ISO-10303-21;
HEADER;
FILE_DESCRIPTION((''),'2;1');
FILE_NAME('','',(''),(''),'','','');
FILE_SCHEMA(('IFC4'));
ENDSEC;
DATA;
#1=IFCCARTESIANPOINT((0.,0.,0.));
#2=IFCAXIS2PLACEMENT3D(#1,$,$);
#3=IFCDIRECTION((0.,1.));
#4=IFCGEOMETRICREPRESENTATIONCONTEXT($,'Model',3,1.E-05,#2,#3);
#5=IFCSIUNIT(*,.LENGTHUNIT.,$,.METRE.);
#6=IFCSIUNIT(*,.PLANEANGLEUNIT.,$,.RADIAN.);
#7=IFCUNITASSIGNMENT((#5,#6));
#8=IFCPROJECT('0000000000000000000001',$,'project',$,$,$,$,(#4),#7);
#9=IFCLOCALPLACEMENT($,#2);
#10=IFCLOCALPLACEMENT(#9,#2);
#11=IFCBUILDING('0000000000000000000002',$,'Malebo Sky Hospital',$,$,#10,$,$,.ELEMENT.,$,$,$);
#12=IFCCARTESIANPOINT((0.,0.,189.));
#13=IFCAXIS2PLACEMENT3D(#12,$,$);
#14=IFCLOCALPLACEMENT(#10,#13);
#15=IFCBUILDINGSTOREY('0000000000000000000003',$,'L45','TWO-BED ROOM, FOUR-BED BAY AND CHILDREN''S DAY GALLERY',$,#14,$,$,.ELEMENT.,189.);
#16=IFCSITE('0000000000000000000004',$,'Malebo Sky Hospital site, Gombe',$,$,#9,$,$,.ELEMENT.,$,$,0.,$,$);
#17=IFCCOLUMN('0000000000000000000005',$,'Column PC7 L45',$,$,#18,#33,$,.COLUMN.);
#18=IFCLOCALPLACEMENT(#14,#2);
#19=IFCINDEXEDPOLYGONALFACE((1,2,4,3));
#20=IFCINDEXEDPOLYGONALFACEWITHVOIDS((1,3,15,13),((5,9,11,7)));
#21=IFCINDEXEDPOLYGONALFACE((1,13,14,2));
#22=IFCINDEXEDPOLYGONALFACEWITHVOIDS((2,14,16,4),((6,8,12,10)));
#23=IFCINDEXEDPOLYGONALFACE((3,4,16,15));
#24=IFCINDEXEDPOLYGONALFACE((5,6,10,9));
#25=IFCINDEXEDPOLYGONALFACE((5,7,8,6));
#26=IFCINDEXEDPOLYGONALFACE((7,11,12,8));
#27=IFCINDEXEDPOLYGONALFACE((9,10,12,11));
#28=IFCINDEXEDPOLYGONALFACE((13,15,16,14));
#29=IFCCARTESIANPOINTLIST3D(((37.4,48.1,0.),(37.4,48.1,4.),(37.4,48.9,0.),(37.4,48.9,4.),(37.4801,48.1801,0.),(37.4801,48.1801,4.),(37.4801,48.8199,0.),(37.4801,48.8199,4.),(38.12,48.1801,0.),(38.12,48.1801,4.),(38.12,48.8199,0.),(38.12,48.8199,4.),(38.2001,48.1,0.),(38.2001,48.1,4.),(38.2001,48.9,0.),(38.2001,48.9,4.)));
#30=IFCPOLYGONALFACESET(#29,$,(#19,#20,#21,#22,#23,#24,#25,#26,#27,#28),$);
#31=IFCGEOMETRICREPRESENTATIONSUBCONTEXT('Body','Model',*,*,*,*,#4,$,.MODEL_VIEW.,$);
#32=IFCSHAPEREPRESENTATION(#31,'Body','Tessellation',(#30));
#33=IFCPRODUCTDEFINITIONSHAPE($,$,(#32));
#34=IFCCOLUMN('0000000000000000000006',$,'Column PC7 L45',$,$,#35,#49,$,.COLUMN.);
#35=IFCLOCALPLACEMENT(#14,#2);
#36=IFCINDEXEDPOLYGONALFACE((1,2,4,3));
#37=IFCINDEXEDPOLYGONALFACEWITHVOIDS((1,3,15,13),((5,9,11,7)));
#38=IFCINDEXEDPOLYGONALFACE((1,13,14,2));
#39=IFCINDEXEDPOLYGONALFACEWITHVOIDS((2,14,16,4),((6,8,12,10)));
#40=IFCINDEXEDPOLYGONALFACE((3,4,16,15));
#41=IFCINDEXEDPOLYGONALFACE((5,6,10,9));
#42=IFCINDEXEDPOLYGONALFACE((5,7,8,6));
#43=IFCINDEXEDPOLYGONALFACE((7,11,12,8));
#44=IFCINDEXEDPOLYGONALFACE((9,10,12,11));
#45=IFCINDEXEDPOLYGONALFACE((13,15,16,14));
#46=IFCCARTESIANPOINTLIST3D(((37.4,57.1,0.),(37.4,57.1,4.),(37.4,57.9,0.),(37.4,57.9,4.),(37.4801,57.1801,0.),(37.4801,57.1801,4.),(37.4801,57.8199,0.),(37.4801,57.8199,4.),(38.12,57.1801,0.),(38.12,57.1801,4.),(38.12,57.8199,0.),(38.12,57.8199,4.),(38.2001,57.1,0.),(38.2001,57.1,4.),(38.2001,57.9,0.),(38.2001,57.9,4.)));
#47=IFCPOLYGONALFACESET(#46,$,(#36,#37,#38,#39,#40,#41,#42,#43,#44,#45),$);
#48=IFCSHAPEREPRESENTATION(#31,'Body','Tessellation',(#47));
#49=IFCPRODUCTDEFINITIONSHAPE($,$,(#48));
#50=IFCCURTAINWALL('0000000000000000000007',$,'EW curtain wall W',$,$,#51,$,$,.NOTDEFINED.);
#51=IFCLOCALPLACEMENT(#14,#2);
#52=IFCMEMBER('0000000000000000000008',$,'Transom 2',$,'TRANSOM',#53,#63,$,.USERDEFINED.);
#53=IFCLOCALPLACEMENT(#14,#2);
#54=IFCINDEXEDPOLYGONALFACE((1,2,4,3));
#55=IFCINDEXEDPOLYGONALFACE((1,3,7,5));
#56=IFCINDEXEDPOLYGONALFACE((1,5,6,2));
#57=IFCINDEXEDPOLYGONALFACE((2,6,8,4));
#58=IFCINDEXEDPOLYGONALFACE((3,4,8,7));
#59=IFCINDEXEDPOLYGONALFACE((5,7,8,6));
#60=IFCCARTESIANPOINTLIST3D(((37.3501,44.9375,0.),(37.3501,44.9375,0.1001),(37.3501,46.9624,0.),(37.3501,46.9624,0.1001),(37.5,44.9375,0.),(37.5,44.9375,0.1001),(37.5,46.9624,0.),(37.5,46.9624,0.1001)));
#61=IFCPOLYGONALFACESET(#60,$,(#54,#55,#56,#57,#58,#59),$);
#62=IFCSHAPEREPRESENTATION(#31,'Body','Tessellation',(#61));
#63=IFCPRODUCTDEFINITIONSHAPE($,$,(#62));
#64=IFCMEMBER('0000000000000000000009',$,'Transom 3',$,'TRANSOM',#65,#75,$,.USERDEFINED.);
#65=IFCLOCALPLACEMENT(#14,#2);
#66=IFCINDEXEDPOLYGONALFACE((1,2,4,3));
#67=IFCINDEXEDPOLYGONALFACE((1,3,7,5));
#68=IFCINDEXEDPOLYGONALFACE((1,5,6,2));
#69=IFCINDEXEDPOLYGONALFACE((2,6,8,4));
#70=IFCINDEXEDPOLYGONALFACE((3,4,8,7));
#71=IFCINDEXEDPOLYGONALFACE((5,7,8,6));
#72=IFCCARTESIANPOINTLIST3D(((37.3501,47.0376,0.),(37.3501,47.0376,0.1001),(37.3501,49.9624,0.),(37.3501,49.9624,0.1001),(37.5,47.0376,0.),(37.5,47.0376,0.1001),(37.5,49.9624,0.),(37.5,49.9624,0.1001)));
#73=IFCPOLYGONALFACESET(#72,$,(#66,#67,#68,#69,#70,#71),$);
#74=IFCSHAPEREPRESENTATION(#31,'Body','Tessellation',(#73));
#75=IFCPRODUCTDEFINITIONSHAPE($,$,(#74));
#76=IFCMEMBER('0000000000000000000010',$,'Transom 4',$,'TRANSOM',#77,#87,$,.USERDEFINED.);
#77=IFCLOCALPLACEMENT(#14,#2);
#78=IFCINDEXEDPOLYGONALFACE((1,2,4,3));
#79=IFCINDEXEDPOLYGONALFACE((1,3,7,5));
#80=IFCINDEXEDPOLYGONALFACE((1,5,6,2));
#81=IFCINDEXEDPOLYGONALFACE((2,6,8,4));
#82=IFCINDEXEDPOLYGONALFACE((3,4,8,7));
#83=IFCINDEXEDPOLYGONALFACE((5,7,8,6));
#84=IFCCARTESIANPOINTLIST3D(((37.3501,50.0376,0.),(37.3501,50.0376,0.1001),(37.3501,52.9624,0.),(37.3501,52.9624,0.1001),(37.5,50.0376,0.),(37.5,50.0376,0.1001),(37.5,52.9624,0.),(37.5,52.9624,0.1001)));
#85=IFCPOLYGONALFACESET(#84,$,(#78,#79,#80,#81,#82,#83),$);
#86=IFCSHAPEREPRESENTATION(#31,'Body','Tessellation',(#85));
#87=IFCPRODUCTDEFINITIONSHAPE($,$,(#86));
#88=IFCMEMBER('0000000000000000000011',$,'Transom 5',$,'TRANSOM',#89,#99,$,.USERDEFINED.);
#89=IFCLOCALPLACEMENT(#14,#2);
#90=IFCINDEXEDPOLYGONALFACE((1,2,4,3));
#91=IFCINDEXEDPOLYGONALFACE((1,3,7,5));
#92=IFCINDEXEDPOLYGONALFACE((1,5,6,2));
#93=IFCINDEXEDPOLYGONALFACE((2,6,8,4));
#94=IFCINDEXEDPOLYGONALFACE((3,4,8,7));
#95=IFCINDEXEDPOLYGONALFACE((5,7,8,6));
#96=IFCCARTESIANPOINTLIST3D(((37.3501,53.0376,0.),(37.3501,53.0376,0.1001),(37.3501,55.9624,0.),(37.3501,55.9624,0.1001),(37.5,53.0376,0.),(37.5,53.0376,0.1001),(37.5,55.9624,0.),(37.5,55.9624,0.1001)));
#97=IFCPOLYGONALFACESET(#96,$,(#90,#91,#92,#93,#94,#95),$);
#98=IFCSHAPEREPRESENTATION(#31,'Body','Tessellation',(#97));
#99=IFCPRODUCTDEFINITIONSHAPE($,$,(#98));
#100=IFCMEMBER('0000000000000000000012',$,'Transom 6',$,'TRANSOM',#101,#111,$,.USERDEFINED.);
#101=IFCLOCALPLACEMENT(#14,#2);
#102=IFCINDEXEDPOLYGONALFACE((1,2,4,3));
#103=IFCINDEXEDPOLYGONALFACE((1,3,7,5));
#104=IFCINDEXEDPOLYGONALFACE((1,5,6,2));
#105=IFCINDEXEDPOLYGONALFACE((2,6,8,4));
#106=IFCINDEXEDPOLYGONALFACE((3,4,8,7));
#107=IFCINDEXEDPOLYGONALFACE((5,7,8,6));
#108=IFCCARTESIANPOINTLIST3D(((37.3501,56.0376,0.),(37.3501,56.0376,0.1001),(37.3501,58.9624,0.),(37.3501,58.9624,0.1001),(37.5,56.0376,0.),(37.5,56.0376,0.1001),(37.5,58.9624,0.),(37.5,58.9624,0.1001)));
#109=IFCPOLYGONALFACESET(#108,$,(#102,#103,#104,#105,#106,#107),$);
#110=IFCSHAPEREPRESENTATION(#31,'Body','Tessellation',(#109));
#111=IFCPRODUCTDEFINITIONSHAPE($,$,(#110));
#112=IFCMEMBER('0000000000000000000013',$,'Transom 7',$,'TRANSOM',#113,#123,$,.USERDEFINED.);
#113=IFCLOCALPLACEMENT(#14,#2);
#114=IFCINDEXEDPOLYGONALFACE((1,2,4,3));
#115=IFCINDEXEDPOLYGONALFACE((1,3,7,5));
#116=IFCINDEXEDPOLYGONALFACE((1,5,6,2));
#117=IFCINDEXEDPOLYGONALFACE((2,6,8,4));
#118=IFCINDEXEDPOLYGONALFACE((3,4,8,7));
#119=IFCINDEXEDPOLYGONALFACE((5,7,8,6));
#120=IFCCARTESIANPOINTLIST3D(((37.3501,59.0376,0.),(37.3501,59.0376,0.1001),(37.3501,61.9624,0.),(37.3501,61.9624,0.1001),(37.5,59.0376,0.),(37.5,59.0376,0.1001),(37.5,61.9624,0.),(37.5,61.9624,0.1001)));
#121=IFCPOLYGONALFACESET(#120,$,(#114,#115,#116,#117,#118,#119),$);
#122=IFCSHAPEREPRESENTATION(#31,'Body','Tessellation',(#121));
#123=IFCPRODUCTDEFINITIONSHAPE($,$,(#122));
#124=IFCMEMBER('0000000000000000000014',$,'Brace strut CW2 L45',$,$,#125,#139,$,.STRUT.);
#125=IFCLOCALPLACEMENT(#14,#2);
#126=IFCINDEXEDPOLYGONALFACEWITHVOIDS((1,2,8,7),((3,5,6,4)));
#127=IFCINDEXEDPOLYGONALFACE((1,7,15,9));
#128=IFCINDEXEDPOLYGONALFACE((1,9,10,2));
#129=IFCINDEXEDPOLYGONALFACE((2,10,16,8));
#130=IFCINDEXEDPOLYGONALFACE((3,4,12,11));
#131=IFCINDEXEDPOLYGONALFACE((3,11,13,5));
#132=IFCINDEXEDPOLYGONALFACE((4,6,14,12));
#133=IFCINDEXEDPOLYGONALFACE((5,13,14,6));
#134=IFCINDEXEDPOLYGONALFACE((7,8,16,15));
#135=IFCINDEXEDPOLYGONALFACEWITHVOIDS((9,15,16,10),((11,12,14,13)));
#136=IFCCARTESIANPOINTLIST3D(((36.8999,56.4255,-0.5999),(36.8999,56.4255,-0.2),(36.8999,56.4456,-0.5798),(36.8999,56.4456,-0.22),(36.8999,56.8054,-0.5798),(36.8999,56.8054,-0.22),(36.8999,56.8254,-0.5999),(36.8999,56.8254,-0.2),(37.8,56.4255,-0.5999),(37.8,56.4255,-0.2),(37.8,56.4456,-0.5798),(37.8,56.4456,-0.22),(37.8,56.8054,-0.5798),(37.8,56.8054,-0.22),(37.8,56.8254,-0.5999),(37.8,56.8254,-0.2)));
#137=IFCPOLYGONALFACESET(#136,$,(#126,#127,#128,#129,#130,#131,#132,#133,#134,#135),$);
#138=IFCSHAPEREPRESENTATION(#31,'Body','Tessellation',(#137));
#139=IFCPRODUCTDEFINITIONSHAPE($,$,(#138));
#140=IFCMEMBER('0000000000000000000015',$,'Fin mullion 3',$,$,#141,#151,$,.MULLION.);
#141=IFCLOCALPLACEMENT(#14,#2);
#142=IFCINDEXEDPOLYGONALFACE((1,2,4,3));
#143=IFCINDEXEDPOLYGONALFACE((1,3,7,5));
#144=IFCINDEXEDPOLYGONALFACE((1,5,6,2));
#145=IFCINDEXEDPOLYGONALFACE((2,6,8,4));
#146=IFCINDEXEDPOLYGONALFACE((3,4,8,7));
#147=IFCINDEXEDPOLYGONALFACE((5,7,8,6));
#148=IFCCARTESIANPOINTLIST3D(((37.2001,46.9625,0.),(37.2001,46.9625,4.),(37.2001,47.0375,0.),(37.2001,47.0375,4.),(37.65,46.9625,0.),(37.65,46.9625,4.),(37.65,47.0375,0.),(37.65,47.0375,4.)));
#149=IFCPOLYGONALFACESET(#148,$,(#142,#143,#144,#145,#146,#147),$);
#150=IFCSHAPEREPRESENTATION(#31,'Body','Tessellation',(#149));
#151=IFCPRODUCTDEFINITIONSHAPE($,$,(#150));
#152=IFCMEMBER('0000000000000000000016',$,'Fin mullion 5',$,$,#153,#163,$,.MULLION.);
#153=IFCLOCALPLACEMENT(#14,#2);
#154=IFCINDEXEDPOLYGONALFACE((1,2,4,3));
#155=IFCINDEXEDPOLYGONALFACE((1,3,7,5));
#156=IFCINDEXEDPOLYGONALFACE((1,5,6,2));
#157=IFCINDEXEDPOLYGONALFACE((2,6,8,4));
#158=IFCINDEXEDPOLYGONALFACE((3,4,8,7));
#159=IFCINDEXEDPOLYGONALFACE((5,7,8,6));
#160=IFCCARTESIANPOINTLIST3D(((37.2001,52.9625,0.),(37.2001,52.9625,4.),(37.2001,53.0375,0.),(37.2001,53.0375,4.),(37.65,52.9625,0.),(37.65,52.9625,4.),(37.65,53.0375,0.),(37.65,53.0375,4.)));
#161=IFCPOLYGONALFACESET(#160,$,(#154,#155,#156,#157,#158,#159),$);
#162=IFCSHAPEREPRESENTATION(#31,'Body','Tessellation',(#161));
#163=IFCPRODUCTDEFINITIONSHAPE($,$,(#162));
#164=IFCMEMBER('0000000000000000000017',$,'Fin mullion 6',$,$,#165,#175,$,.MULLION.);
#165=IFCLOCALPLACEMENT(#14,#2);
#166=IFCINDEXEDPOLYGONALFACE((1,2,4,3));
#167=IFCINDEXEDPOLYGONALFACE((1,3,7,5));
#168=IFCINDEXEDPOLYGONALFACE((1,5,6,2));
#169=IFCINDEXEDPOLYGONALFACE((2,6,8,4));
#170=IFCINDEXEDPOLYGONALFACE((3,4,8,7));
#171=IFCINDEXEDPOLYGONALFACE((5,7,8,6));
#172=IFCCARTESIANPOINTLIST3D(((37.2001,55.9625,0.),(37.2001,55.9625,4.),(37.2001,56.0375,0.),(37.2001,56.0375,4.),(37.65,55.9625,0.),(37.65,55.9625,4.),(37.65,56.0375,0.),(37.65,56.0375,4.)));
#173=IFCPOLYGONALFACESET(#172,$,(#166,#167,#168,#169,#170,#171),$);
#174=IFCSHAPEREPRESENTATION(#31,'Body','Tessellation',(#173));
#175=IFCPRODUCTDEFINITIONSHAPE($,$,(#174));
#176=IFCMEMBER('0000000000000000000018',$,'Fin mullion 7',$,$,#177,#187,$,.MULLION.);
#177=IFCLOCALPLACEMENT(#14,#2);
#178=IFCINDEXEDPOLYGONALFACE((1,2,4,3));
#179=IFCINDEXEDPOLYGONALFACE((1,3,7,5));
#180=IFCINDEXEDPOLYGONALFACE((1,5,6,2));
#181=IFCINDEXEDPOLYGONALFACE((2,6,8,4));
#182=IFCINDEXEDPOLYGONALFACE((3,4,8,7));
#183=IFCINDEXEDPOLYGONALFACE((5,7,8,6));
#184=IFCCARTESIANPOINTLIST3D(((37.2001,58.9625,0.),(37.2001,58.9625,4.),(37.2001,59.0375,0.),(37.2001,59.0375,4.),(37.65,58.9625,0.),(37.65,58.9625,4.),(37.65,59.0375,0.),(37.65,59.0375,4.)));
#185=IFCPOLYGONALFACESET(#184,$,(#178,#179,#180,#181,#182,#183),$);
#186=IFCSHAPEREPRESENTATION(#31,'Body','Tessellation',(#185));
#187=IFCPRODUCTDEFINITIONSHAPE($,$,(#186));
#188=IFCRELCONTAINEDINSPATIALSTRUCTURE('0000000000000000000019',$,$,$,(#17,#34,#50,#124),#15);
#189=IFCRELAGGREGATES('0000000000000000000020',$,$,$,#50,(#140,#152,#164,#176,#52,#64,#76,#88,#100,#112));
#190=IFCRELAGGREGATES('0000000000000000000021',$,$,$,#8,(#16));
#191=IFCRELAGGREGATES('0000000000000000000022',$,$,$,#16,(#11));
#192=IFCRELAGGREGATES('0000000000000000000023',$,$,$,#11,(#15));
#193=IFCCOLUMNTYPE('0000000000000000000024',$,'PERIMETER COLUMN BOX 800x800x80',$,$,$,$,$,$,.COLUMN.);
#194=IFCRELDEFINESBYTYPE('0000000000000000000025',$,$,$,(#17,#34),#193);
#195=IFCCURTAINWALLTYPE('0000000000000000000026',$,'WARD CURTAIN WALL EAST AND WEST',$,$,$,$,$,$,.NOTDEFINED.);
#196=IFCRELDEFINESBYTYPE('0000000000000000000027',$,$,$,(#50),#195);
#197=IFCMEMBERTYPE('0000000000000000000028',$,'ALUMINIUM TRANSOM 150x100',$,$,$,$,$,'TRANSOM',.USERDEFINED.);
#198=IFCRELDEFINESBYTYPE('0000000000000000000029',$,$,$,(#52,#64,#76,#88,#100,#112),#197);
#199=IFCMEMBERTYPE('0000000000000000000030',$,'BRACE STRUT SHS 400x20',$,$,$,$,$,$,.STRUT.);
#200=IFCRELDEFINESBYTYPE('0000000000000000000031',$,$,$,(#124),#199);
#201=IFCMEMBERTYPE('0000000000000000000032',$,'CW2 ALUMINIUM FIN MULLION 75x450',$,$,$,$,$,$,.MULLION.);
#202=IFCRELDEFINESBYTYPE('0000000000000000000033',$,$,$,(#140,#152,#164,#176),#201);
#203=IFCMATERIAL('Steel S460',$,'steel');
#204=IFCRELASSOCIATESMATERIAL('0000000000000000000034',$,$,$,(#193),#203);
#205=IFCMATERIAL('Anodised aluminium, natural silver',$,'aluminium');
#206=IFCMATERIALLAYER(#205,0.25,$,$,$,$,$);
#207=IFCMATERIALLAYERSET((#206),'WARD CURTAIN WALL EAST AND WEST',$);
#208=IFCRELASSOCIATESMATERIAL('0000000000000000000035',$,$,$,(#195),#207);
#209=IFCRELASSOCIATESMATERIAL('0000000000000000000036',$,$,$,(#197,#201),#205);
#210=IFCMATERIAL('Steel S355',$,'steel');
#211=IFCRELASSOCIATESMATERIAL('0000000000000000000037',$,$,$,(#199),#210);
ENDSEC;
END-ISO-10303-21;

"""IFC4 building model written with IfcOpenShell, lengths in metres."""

from ifc_helpers import new_model, si_unit, direction, frame, origin, origin_2d, place, context, subcontext, project, spatial, rectangle, hollow_rectangle, extrude, material, layer, layer_set, material_profile, profile_set, type_object, element, aggregate, save


model = new_model("IFC4")

# Units and contexts
model_context = context("Model", 3, precision=1e-05, world=origin(), true_north=direction((0.0, 1.0)))
body_context = subcontext(model_context, "Body", "Model", "MODEL_VIEW")
ifc_project = project(units=[si_unit("LENGTHUNIT", "METRE"), si_unit("PLANEANGLEUNIT", "RADIAN")], contexts=[model_context])

# Site, building, storey
site_placement = place(None, origin())
site = spatial("IfcSite", under=ifc_project, at=site_placement, Name="Malebo Sky Hospital site, Gombe", CompositionType="ELEMENT", RefElevation=0.0)
building_placement = place(site_placement, origin())
building = spatial("IfcBuilding", under=site, at=building_placement, Name="Malebo Sky Hospital", CompositionType="ELEMENT")
storey_placement = place(building_placement, frame((0.0, 0.0, 189.0)))
storey = spatial("IfcBuildingStorey", under=building, at=storey_placement, Name="L45", Description="TWO-BED ROOM, FOUR-BED BAY AND CHILDREN'S DAY GALLERY", CompositionType="ELEMENT", Elevation=189.0)

# Columns
ifc_material_1 = material(Name="Steel S460", Category="steel")
ifc_material_profile_1 = material_profile(ifc_material_1, hollow_rectangle(XDim=0.8, YDim=0.8, WallThickness=0.0801, at=origin_2d()), Name="BOX 800x800x80")
ifc_profile_set_1 = profile_set([ifc_material_profile_1], Name="Steel S460")
column_type = type_object("IfcColumnType", Name="PERIMETER COLUMN BOX 800x800x80", PredefinedType="COLUMN", material=ifc_profile_set_1)
for number, where, z_axis, x_axis, name in (
    (1, (37.8, 48.5, 0.0), (0.0, 0.0, 1.0), (1.0, 0.0, 0.0), "Column PC7 L45"),
    (2, (37.8, 57.5, 0.0), (0.0, 0.0, 1.0), (1.0, 0.0, 0.0), "Column PC7 L45"),
):
    element("IfcColumn", number, at=place(storey_placement, frame(where, z_axis=z_axis, x_axis=x_axis)), inside=storey, type_object=column_type, Name=name, PredefinedType="COLUMN", context=body_context, shape_type="SweptSolid", body=[
        extrude(hollow_rectangle(XDim=0.8, YDim=0.8, WallThickness=0.0801, at=origin_2d()), origin(), (0.0, 0.0, 1.0), 4.0),
    ])

# Curtain wall, members
ifc_material_2 = material(Name="Anodised aluminium, natural silver", Category="aluminium")
ifc_layer_1 = layer(ifc_material_2, 0.25)
ifc_layer_set_1 = layer_set([ifc_layer_1], Name="WARD CURTAIN WALL EAST AND WEST")
curtain_wall_type = type_object("IfcCurtainWallType", Name="WARD CURTAIN WALL EAST AND WEST", PredefinedType="NOTDEFINED", material=ifc_layer_set_1)
curtain_wall_placement = place(storey_placement, origin())
curtain_wall = element("IfcCurtainWall", 3, at=curtain_wall_placement, inside=storey, type_object=curtain_wall_type, Name="EW curtain wall W", PredefinedType="NOTDEFINED")
ifc_material_profile_2 = material_profile(ifc_material_2, rectangle(XDim=0.1499, YDim=0.1001, at=origin_2d()), Name="ALUMINIUM TRANSOM 150x100")
ifc_profile_set_2 = profile_set([ifc_material_profile_2], Name="Anodised aluminium, natural silver")
member_type_1 = type_object("IfcMemberType", Name="ALUMINIUM TRANSOM 150x100", ElementType="TRANSOM", PredefinedType="USERDEFINED", material=ifc_profile_set_2)
member_1_placement = place(storey_placement, frame((37.425, 44.9375, 0.05), z_axis=(0.0, 1.0, 0.0), x_axis=(-1.0, 0.0, 0.0)))
member_1 = element("IfcMember", 4, at=member_1_placement, type_object=member_type_1, Name="Transom 2", ObjectType="TRANSOM", PredefinedType="USERDEFINED", context=body_context, shape_type="SweptSolid", body=[
    extrude(rectangle(XDim=0.1499, YDim=0.1001, at=origin_2d()), origin(), (0.0, 0.0, 1.0), 2.0249),
])
member_2_placement = place(storey_placement, frame((37.425, 47.0376, 0.05), z_axis=(0.0, 1.0, 0.0), x_axis=(-1.0, 0.0, 0.0)))
member_2 = element("IfcMember", 5, at=member_2_placement, type_object=member_type_1, Name="Transom 3", ObjectType="TRANSOM", PredefinedType="USERDEFINED", context=body_context, shape_type="SweptSolid", body=[
    extrude(rectangle(XDim=0.1499, YDim=0.1001, at=origin_2d()), origin(), (0.0, 0.0, 1.0), 2.9248),
])
member_3_placement = place(storey_placement, frame((37.425, 50.0376, 0.05), z_axis=(0.0, 1.0, 0.0), x_axis=(-1.0, 0.0, 0.0)))
member_3 = element("IfcMember", 6, at=member_3_placement, type_object=member_type_1, Name="Transom 4", ObjectType="TRANSOM", PredefinedType="USERDEFINED", context=body_context, shape_type="SweptSolid", body=[
    extrude(rectangle(XDim=0.1499, YDim=0.1001, at=origin_2d()), origin(), (0.0, 0.0, 1.0), 2.9248),
])
member_4_placement = place(storey_placement, frame((37.425, 53.0376, 0.05), z_axis=(0.0, 1.0, 0.0), x_axis=(-1.0, 0.0, 0.0)))
member_4 = element("IfcMember", 7, at=member_4_placement, type_object=member_type_1, Name="Transom 5", ObjectType="TRANSOM", PredefinedType="USERDEFINED", context=body_context, shape_type="SweptSolid", body=[
    extrude(rectangle(XDim=0.1499, YDim=0.1001, at=origin_2d()), origin(), (0.0, 0.0, 1.0), 2.9248),
])
member_5_placement = place(storey_placement, frame((37.425, 56.0376, 0.05), z_axis=(0.0, 1.0, 0.0), x_axis=(-1.0, 0.0, 0.0)))
member_5 = element("IfcMember", 8, at=member_5_placement, type_object=member_type_1, Name="Transom 6", ObjectType="TRANSOM", PredefinedType="USERDEFINED", context=body_context, shape_type="SweptSolid", body=[
    extrude(rectangle(XDim=0.1499, YDim=0.1001, at=origin_2d()), origin(), (0.0, 0.0, 1.0), 2.9248),
])
member_6_placement = place(storey_placement, frame((37.425, 59.0376, 0.05), z_axis=(0.0, 1.0, 0.0), x_axis=(-1.0, 0.0, 0.0)))
member_6 = element("IfcMember", 9, at=member_6_placement, type_object=member_type_1, Name="Transom 7", ObjectType="TRANSOM", PredefinedType="USERDEFINED", context=body_context, shape_type="SweptSolid", body=[
    extrude(rectangle(XDim=0.1499, YDim=0.1001, at=origin_2d()), origin(), (0.0, 0.0, 1.0), 2.9248),
])

# Members
ifc_material_3 = material(Name="Steel S355", Category="steel")
ifc_material_profile_3 = material_profile(ifc_material_3, hollow_rectangle(XDim=0.3999, YDim=0.3999, WallThickness=0.02, at=origin_2d()), Name="SHS 400x20")
ifc_profile_set_3 = profile_set([ifc_material_profile_3], Name="Steel S355")
member_type_2 = type_object("IfcMemberType", Name="BRACE STRUT SHS 400x20", PredefinedType="STRUT", material=ifc_profile_set_3)
member_7_placement = place(storey_placement, frame((36.8999, 56.6255, -0.3999), z_axis=(1.0, 0.0, 0.0), x_axis=(0.0, 1.0, 0.0)))
element("IfcMember", 10, at=member_7_placement, inside=storey, type_object=member_type_2, Name="Brace strut CW2 L45", PredefinedType="STRUT", context=body_context, shape_type="SweptSolid", body=[
    extrude(hollow_rectangle(XDim=0.3999, YDim=0.3999, WallThickness=0.02, at=origin_2d()), origin(), (0.0, 0.0, 1.0), 0.9001),
])
ifc_material_profile_4 = material_profile(ifc_material_2, rectangle(XDim=0.075, YDim=0.45, at=origin_2d()), Name="CW2 ALUMINIUM FIN MULLION 75x450")
ifc_profile_set_4 = profile_set([ifc_material_profile_4], Name="Anodised aluminium, natural silver")
member_type_3 = type_object("IfcMemberType", Name="CW2 ALUMINIUM FIN MULLION 75x450", PredefinedType="MULLION", material=ifc_profile_set_4)
member_8_placement = place(storey_placement, frame((37.425, 47.0, 0.0), z_axis=(0.0, 0.0, 1.0), x_axis=(0.0, 1.0, 0.0)))
member_8 = element("IfcMember", 11, at=member_8_placement, type_object=member_type_3, Name="Fin mullion 3", PredefinedType="MULLION", context=body_context, shape_type="SweptSolid", body=[
    extrude(rectangle(XDim=0.075, YDim=0.45, at=origin_2d()), origin(), (0.0, 0.0, 1.0), 4.0),
])
member_9_placement = place(storey_placement, frame((37.425, 53.0, 0.0), z_axis=(0.0, 0.0, 1.0), x_axis=(0.0, 1.0, 0.0)))
member_9 = element("IfcMember", 12, at=member_9_placement, type_object=member_type_3, Name="Fin mullion 5", PredefinedType="MULLION", context=body_context, shape_type="SweptSolid", body=[
    extrude(rectangle(XDim=0.075, YDim=0.45, at=origin_2d()), origin(), (0.0, 0.0, 1.0), 4.0),
])
member_10_placement = place(storey_placement, frame((37.425, 56.0, 0.0), z_axis=(0.0, 0.0, 1.0), x_axis=(0.0, 1.0, 0.0)))
member_10 = element("IfcMember", 13, at=member_10_placement, type_object=member_type_3, Name="Fin mullion 6", PredefinedType="MULLION", context=body_context, shape_type="SweptSolid", body=[
    extrude(rectangle(XDim=0.075, YDim=0.45, at=origin_2d()), origin(), (0.0, 0.0, 1.0), 4.0),
])
member_11_placement = place(storey_placement, frame((37.425, 59.0, 0.0), z_axis=(0.0, 0.0, 1.0), x_axis=(0.0, 1.0, 0.0)))
member_11 = element("IfcMember", 14, at=member_11_placement, type_object=member_type_3, Name="Fin mullion 7", PredefinedType="MULLION", context=body_context, shape_type="SweptSolid", body=[
    extrude(rectangle(XDim=0.075, YDim=0.45, at=origin_2d()), origin(), (0.0, 0.0, 1.0), 4.0),
])

aggregate(curtain_wall, [member_8, member_9, member_10, member_11, member_1, member_2, member_3, member_4, member_5, member_6])

save(model, "model.ifc")
